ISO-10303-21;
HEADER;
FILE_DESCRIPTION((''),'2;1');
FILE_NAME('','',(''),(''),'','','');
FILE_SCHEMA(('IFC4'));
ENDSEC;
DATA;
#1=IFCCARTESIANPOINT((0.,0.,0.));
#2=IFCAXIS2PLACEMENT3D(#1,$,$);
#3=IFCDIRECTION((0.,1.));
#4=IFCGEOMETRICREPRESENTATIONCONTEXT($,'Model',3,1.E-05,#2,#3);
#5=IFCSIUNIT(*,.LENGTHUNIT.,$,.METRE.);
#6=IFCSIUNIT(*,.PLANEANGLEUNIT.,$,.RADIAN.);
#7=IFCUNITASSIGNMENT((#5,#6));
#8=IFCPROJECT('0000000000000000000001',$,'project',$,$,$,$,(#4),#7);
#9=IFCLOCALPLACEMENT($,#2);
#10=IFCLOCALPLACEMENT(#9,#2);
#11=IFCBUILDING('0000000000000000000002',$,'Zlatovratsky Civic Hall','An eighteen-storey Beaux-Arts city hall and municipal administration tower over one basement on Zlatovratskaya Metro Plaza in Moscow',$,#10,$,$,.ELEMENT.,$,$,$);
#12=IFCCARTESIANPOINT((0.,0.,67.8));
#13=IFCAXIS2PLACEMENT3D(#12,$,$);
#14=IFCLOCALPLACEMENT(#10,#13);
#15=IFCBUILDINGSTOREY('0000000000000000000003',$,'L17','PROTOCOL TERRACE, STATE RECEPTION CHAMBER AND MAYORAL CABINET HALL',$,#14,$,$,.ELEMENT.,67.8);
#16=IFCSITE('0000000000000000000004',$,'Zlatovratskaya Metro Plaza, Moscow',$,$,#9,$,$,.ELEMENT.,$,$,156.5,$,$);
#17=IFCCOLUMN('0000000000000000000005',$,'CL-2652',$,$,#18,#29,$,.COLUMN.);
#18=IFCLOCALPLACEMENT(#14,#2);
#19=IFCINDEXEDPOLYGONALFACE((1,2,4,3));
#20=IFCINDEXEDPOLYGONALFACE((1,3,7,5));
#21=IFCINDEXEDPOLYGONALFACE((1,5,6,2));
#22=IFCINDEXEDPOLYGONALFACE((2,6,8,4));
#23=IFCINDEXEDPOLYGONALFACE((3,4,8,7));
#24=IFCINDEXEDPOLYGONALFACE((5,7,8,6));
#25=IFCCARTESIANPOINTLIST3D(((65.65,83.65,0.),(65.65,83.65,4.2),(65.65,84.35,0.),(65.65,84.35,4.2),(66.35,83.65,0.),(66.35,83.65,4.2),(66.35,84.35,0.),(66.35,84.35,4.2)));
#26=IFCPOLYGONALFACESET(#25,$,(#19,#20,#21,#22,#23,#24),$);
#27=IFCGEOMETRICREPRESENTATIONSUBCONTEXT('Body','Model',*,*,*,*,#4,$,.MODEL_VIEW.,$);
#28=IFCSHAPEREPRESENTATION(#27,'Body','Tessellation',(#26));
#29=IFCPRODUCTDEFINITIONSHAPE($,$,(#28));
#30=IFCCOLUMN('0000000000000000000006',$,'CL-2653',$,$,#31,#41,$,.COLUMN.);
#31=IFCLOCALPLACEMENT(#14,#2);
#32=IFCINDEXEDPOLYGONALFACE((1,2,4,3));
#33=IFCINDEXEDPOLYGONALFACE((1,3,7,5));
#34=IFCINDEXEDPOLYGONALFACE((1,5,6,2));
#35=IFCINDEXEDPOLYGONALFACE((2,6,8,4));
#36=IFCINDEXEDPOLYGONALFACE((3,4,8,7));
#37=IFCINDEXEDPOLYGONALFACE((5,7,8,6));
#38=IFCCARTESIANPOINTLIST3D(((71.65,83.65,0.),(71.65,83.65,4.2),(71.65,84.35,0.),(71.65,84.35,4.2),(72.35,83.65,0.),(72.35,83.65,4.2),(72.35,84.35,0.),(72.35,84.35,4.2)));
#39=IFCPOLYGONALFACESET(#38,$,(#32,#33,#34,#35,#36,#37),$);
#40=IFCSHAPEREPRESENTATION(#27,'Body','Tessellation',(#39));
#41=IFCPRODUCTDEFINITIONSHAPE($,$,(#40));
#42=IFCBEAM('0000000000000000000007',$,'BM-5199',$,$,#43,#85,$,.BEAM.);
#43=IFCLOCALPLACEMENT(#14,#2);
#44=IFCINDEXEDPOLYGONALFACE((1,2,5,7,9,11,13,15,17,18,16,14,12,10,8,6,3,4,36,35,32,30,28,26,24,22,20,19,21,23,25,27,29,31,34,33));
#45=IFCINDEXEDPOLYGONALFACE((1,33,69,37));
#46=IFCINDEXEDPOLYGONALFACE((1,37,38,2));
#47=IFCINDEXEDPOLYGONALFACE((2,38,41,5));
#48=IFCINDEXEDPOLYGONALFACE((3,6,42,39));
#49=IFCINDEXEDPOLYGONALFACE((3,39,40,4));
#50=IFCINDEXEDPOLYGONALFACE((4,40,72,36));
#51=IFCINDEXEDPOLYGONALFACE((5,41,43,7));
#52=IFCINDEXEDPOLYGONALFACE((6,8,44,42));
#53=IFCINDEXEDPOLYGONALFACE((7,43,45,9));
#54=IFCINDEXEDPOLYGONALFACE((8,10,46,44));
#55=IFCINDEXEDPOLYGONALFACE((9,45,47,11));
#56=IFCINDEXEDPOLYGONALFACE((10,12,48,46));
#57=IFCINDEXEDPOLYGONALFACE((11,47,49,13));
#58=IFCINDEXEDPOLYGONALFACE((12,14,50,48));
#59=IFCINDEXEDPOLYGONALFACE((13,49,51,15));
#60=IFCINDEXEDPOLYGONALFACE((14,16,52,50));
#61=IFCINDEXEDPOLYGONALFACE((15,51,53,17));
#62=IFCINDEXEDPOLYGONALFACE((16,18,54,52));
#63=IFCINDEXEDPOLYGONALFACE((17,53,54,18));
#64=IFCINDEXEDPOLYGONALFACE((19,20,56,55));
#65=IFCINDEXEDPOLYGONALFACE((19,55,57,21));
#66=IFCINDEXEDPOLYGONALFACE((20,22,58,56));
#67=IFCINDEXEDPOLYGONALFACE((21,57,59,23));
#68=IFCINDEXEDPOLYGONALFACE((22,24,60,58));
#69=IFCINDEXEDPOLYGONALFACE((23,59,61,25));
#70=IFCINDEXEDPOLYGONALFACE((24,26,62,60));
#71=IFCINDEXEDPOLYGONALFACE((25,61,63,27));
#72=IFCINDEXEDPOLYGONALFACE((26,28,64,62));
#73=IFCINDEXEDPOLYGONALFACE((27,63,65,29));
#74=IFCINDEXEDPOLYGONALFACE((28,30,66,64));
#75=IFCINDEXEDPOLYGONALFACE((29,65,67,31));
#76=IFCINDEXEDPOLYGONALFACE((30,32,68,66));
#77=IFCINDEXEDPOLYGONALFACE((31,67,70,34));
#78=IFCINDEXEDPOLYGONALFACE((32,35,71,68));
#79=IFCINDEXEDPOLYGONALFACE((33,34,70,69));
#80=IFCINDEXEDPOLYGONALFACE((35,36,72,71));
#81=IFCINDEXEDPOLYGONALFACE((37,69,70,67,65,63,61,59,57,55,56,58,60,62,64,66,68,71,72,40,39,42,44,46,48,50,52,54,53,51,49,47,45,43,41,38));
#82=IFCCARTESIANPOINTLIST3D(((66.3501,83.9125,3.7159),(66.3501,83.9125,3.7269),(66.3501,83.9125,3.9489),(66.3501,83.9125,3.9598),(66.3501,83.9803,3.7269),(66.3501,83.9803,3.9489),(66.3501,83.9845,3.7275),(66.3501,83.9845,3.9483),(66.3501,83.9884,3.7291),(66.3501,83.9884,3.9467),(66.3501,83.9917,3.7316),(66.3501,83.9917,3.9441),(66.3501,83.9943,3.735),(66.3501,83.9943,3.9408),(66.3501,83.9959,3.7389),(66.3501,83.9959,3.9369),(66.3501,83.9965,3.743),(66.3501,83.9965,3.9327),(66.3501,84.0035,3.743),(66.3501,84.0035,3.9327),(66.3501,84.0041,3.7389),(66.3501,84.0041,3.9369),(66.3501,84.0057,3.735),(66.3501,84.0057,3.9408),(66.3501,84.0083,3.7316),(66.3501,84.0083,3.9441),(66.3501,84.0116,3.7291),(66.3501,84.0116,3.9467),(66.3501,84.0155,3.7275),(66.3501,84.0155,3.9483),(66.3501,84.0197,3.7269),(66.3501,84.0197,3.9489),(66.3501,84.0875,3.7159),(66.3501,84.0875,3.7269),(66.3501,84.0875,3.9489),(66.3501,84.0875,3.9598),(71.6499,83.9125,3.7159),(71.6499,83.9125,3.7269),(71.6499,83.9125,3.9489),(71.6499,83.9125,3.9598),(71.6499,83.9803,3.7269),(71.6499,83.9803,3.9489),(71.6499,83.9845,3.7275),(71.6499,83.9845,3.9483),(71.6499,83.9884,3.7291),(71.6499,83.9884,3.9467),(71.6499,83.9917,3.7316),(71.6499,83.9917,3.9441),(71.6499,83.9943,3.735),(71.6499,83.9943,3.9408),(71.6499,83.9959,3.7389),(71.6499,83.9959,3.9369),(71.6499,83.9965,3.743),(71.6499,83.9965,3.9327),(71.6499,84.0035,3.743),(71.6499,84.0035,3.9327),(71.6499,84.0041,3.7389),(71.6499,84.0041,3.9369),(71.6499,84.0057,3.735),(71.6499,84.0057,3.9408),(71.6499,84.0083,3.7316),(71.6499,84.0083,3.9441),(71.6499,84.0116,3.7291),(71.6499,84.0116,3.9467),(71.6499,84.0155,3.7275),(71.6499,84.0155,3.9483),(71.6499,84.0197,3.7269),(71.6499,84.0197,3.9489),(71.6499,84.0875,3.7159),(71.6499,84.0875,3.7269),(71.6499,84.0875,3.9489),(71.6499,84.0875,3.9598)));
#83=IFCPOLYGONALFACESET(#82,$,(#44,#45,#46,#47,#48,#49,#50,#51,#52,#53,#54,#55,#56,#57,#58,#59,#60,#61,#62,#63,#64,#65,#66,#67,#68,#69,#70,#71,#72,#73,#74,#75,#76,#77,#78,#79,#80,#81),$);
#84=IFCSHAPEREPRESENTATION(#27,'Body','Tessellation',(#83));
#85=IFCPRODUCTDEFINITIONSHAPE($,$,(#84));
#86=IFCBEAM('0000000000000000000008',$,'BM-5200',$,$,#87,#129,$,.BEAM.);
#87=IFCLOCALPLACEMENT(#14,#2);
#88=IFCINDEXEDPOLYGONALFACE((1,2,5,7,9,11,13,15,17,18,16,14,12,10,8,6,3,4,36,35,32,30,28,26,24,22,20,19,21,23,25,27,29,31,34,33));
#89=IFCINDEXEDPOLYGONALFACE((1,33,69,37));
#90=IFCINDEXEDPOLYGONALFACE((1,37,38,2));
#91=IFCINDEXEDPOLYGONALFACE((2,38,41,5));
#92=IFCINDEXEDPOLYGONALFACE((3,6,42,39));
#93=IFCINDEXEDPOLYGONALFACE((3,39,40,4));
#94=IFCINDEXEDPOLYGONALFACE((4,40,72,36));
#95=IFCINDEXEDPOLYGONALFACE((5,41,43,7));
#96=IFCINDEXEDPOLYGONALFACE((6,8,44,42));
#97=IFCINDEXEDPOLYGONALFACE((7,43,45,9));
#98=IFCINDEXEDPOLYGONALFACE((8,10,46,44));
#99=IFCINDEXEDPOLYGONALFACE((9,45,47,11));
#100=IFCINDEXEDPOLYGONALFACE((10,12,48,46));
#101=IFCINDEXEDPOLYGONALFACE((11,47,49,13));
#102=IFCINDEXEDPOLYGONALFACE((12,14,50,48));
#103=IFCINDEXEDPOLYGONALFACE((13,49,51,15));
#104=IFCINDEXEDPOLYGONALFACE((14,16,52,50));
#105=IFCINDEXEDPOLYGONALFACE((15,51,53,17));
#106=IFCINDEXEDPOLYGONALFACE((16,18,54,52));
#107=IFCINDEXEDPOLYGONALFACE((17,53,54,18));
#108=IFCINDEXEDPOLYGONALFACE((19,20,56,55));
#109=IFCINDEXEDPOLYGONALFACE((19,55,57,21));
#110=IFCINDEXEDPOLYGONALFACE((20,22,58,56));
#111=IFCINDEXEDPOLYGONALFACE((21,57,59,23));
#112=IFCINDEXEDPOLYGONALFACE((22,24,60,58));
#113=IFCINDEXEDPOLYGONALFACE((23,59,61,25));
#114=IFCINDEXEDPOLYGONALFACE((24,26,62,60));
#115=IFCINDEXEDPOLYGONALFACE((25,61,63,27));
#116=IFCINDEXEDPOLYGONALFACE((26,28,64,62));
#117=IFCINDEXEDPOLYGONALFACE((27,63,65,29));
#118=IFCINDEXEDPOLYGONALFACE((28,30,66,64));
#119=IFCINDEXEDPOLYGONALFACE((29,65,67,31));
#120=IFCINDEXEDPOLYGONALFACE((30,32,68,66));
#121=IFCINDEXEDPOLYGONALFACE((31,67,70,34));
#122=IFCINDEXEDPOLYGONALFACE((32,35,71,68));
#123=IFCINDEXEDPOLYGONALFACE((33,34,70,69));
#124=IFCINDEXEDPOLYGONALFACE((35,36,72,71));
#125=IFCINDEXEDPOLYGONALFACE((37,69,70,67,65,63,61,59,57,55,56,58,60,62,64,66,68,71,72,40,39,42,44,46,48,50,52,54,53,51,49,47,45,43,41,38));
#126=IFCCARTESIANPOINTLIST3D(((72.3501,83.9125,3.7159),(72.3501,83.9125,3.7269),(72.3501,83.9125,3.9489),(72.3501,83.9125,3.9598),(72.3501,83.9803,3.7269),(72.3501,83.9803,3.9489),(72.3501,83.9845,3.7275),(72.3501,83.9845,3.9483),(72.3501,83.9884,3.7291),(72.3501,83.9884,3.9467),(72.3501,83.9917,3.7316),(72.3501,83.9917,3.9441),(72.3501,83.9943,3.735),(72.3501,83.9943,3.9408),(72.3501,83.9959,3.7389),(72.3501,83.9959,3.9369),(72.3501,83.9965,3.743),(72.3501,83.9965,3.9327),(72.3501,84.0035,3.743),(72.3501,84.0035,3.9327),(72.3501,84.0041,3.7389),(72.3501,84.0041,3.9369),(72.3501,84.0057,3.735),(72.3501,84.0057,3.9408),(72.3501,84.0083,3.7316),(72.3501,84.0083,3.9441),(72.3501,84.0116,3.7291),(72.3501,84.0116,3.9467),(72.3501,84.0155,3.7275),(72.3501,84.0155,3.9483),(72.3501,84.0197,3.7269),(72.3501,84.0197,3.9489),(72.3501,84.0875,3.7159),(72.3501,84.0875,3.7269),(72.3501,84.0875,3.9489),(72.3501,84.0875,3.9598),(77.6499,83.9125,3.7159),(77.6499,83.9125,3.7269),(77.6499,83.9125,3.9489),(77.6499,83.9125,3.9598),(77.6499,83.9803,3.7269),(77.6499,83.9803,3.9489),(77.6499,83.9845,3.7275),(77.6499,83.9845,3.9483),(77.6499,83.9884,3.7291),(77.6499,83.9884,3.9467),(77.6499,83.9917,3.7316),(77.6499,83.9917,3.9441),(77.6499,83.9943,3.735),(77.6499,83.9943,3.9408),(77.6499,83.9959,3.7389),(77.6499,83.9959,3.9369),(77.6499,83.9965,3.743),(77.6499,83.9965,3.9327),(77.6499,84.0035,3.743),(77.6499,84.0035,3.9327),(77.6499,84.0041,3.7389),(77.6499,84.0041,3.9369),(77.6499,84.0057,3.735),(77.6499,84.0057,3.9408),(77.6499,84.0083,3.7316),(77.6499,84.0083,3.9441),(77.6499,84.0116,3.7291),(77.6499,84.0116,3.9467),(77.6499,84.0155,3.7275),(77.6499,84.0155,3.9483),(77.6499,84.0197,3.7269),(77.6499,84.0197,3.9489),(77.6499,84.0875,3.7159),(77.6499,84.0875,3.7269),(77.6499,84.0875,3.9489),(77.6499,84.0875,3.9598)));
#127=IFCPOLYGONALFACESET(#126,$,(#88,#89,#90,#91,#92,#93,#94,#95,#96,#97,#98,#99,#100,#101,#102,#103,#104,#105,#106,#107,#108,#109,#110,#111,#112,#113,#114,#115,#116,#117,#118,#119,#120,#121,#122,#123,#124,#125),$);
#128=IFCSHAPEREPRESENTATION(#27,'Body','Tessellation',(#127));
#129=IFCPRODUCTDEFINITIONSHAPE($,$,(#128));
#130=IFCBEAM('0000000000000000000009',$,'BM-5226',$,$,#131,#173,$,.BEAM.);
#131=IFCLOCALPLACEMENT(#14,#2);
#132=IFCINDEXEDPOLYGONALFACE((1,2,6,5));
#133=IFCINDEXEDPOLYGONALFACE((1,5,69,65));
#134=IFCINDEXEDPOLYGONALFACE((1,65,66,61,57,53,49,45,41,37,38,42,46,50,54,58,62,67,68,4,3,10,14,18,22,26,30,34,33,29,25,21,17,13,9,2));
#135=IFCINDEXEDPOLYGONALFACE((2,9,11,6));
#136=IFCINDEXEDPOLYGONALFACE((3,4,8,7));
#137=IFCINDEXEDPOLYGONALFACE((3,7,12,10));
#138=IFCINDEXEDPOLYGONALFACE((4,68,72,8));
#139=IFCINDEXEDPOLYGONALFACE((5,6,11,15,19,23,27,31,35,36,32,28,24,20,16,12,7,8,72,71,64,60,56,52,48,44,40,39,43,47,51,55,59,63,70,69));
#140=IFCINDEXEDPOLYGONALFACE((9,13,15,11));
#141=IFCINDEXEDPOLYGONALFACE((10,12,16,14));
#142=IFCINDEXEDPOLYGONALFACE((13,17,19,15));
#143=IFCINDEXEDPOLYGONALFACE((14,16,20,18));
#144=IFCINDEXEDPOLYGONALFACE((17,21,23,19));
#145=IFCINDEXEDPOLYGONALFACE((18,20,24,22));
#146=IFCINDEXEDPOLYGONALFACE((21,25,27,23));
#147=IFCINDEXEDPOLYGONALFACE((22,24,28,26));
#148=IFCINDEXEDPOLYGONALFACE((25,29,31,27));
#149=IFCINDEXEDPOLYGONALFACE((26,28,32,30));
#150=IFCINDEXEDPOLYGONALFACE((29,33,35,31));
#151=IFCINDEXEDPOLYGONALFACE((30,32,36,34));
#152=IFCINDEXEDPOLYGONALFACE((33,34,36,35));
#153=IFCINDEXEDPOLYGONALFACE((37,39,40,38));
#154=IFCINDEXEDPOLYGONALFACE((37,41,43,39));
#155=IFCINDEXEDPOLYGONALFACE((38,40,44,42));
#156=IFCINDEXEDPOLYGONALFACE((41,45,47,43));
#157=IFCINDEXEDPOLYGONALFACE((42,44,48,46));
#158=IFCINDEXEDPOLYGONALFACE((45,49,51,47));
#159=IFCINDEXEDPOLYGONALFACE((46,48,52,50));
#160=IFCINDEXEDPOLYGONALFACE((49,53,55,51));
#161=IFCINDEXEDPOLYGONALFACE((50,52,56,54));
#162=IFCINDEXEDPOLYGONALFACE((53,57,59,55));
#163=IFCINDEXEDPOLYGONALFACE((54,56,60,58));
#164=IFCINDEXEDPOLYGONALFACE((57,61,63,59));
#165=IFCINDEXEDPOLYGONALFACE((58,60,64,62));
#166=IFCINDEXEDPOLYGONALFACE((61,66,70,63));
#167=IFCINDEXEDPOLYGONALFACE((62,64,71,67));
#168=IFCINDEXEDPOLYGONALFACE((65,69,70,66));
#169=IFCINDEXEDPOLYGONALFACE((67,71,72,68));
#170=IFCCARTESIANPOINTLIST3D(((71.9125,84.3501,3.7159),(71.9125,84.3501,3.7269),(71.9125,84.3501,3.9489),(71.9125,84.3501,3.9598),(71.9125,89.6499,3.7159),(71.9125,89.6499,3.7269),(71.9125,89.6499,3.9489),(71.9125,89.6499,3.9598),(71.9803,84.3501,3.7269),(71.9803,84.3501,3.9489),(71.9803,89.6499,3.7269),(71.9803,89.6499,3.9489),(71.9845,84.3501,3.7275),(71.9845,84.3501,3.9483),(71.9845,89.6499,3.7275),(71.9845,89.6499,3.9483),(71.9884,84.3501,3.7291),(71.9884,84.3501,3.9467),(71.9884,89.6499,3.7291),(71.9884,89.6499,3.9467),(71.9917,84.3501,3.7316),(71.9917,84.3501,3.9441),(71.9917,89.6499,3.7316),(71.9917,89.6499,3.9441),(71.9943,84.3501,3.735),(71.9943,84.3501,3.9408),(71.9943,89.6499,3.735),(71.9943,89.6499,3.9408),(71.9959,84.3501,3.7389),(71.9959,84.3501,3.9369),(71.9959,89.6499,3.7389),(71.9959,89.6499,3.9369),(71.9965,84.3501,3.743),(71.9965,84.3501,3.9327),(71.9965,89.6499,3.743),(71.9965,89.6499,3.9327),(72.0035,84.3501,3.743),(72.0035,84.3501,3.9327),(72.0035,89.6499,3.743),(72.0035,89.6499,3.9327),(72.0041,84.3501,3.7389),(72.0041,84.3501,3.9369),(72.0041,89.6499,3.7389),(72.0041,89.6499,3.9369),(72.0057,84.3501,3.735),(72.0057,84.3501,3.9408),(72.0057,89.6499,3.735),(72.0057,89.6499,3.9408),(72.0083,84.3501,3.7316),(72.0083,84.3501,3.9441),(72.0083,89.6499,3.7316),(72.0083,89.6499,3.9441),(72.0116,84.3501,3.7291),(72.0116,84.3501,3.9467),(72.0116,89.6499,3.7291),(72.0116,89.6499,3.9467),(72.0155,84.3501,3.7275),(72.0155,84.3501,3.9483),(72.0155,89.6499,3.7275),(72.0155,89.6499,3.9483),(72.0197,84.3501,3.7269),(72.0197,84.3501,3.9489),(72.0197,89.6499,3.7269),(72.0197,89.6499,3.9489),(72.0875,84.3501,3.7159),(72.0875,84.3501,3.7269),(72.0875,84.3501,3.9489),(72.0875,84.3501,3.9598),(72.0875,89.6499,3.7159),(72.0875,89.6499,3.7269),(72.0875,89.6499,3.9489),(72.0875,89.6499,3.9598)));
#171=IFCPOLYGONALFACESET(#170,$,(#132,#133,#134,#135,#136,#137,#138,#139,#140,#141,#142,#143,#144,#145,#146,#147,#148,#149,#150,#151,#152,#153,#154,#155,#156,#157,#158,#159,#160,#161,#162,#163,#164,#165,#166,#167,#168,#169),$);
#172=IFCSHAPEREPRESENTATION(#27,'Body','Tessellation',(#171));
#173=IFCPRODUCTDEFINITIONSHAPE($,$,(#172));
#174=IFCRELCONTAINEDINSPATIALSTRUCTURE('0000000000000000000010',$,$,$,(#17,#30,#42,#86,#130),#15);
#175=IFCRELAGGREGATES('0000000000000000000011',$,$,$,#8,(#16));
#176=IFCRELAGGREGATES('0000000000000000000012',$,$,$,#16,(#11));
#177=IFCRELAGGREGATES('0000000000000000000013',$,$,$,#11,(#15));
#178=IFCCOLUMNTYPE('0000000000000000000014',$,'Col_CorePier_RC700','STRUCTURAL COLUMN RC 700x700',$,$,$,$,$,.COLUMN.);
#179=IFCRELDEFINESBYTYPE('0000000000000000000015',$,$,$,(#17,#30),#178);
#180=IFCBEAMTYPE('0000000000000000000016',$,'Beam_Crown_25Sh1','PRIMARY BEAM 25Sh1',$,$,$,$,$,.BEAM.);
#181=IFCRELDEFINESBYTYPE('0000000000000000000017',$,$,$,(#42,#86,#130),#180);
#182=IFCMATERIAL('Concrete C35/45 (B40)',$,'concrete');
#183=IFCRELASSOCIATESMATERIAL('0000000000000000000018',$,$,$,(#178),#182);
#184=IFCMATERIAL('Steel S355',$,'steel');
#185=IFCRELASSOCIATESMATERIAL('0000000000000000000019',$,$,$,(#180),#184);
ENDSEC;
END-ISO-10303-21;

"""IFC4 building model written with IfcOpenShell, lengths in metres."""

from ifc_helpers import new_model, si_unit, direction, frame, origin, origin_2d, place, context, subcontext, project, spatial, rectangle, i_section, extrude, material, material_profile, profile_set, type_object, element, save


model = new_model("IFC4")

# Units and contexts
model_context = context("Model", 3, precision=1e-05, world=origin(), true_north=direction((0.0, 1.0)))
body_context = subcontext(model_context, "Body", "Model", "MODEL_VIEW")
ifc_project = project(units=[si_unit("LENGTHUNIT", "METRE"), si_unit("PLANEANGLEUNIT", "RADIAN")], contexts=[model_context])

# Site, building, storey
site_placement = place(None, origin())
site = spatial("IfcSite", under=ifc_project, at=site_placement, Name="Zlatovratskaya Metro Plaza, Moscow", CompositionType="ELEMENT", RefElevation=156.5)
building_placement = place(site_placement, origin())
building = spatial("IfcBuilding", under=site, at=building_placement, Name="Zlatovratsky Civic Hall", Description="An eighteen-storey Beaux-Arts city hall and municipal administration tower over one basement on Zlatovratskaya Metro Plaza in Moscow", CompositionType="ELEMENT")
storey_placement = place(building_placement, frame((0.0, 0.0, 67.8)))
storey = spatial("IfcBuildingStorey", under=building, at=storey_placement, Name="L17", Description="PROTOCOL TERRACE, STATE RECEPTION CHAMBER AND MAYORAL CABINET HALL", CompositionType="ELEMENT", Elevation=67.8)

# Columns
ifc_material_1 = material(Name="Concrete C35/45 (B40)", Category="concrete")
ifc_material_profile_1 = material_profile(ifc_material_1, rectangle(XDim=0.7, YDim=0.7, at=origin_2d()), Name="RC 700x700")
ifc_profile_set_1 = profile_set([ifc_material_profile_1], Name="Concrete C35/45 (B40)")
column_type = type_object("IfcColumnType", Name="Col_CorePier_RC700", Description="STRUCTURAL COLUMN RC 700x700", PredefinedType="COLUMN", material=ifc_profile_set_1)
for number, where, z_axis, x_axis, name in (
    (1, (66.0, 84.0, 0.0), (0.0, 0.0, 1.0), (1.0, 0.0, 0.0), "CL-2652"),
    (2, (72.0, 84.0, 0.0), (0.0, 0.0, 1.0), (1.0, 0.0, 0.0), "CL-2653"),
):
    element("IfcColumn", number, at=place(storey_placement, frame(where, z_axis=z_axis, x_axis=x_axis)), inside=storey, type_object=column_type, Name=name, PredefinedType="COLUMN", context=body_context, shape_type="SweptSolid", body=[
        extrude(rectangle(XDim=0.7, YDim=0.7, at=origin_2d()), origin(), (0.0, 0.0, 1.0), 4.2),
    ])

# Beams
ifc_material_2 = material(Name="Steel S355", Category="steel")
ifc_material_profile_2 = material_profile(ifc_material_2, i_section(OverallWidth=0.175, OverallDepth=0.2439, WebThickness=0.0071, FlangeThickness=0.011, FilletRadius=0.0161, at=origin_2d()), Name="25Sh1")
ifc_profile_set_2 = profile_set([ifc_material_profile_2], Name="Steel S355")
beam_type_1 = type_object("IfcBeamType", Name="Beam_Crown_25Sh1", Description="PRIMARY BEAM 25Sh1", PredefinedType="BEAM", material=ifc_profile_set_2)
for number, where, z_axis, x_axis, name in (
    (3, (66.3501, 84.0, 3.8379), (1.0, 0.0, 0.0), (0.0, 1.0, 0.0), "BM-5199"),
    (4, (72.3501, 84.0, 3.8379), (1.0, 0.0, 0.0), (0.0, 1.0, 0.0), "BM-5200"),
    (5, (72.0, 84.3501, 3.8379), (0.0, 1.0, 0.0), (-1.0, 0.0, 0.0), "BM-5226"),
):
    element("IfcBeam", number, at=place(storey_placement, frame(where, z_axis=z_axis, x_axis=x_axis)), inside=storey, type_object=beam_type_1, Name=name, PredefinedType="BEAM", context=body_context, shape_type="SweptSolid", body=[
        extrude(i_section(OverallWidth=0.175, OverallDepth=0.2439, WebThickness=0.0071, FlangeThickness=0.011, FilletRadius=0.0161, at=origin_2d()), origin(), (0.0, 0.0, 1.0), 5.2998),
    ])

save(model, "model.ifc")
